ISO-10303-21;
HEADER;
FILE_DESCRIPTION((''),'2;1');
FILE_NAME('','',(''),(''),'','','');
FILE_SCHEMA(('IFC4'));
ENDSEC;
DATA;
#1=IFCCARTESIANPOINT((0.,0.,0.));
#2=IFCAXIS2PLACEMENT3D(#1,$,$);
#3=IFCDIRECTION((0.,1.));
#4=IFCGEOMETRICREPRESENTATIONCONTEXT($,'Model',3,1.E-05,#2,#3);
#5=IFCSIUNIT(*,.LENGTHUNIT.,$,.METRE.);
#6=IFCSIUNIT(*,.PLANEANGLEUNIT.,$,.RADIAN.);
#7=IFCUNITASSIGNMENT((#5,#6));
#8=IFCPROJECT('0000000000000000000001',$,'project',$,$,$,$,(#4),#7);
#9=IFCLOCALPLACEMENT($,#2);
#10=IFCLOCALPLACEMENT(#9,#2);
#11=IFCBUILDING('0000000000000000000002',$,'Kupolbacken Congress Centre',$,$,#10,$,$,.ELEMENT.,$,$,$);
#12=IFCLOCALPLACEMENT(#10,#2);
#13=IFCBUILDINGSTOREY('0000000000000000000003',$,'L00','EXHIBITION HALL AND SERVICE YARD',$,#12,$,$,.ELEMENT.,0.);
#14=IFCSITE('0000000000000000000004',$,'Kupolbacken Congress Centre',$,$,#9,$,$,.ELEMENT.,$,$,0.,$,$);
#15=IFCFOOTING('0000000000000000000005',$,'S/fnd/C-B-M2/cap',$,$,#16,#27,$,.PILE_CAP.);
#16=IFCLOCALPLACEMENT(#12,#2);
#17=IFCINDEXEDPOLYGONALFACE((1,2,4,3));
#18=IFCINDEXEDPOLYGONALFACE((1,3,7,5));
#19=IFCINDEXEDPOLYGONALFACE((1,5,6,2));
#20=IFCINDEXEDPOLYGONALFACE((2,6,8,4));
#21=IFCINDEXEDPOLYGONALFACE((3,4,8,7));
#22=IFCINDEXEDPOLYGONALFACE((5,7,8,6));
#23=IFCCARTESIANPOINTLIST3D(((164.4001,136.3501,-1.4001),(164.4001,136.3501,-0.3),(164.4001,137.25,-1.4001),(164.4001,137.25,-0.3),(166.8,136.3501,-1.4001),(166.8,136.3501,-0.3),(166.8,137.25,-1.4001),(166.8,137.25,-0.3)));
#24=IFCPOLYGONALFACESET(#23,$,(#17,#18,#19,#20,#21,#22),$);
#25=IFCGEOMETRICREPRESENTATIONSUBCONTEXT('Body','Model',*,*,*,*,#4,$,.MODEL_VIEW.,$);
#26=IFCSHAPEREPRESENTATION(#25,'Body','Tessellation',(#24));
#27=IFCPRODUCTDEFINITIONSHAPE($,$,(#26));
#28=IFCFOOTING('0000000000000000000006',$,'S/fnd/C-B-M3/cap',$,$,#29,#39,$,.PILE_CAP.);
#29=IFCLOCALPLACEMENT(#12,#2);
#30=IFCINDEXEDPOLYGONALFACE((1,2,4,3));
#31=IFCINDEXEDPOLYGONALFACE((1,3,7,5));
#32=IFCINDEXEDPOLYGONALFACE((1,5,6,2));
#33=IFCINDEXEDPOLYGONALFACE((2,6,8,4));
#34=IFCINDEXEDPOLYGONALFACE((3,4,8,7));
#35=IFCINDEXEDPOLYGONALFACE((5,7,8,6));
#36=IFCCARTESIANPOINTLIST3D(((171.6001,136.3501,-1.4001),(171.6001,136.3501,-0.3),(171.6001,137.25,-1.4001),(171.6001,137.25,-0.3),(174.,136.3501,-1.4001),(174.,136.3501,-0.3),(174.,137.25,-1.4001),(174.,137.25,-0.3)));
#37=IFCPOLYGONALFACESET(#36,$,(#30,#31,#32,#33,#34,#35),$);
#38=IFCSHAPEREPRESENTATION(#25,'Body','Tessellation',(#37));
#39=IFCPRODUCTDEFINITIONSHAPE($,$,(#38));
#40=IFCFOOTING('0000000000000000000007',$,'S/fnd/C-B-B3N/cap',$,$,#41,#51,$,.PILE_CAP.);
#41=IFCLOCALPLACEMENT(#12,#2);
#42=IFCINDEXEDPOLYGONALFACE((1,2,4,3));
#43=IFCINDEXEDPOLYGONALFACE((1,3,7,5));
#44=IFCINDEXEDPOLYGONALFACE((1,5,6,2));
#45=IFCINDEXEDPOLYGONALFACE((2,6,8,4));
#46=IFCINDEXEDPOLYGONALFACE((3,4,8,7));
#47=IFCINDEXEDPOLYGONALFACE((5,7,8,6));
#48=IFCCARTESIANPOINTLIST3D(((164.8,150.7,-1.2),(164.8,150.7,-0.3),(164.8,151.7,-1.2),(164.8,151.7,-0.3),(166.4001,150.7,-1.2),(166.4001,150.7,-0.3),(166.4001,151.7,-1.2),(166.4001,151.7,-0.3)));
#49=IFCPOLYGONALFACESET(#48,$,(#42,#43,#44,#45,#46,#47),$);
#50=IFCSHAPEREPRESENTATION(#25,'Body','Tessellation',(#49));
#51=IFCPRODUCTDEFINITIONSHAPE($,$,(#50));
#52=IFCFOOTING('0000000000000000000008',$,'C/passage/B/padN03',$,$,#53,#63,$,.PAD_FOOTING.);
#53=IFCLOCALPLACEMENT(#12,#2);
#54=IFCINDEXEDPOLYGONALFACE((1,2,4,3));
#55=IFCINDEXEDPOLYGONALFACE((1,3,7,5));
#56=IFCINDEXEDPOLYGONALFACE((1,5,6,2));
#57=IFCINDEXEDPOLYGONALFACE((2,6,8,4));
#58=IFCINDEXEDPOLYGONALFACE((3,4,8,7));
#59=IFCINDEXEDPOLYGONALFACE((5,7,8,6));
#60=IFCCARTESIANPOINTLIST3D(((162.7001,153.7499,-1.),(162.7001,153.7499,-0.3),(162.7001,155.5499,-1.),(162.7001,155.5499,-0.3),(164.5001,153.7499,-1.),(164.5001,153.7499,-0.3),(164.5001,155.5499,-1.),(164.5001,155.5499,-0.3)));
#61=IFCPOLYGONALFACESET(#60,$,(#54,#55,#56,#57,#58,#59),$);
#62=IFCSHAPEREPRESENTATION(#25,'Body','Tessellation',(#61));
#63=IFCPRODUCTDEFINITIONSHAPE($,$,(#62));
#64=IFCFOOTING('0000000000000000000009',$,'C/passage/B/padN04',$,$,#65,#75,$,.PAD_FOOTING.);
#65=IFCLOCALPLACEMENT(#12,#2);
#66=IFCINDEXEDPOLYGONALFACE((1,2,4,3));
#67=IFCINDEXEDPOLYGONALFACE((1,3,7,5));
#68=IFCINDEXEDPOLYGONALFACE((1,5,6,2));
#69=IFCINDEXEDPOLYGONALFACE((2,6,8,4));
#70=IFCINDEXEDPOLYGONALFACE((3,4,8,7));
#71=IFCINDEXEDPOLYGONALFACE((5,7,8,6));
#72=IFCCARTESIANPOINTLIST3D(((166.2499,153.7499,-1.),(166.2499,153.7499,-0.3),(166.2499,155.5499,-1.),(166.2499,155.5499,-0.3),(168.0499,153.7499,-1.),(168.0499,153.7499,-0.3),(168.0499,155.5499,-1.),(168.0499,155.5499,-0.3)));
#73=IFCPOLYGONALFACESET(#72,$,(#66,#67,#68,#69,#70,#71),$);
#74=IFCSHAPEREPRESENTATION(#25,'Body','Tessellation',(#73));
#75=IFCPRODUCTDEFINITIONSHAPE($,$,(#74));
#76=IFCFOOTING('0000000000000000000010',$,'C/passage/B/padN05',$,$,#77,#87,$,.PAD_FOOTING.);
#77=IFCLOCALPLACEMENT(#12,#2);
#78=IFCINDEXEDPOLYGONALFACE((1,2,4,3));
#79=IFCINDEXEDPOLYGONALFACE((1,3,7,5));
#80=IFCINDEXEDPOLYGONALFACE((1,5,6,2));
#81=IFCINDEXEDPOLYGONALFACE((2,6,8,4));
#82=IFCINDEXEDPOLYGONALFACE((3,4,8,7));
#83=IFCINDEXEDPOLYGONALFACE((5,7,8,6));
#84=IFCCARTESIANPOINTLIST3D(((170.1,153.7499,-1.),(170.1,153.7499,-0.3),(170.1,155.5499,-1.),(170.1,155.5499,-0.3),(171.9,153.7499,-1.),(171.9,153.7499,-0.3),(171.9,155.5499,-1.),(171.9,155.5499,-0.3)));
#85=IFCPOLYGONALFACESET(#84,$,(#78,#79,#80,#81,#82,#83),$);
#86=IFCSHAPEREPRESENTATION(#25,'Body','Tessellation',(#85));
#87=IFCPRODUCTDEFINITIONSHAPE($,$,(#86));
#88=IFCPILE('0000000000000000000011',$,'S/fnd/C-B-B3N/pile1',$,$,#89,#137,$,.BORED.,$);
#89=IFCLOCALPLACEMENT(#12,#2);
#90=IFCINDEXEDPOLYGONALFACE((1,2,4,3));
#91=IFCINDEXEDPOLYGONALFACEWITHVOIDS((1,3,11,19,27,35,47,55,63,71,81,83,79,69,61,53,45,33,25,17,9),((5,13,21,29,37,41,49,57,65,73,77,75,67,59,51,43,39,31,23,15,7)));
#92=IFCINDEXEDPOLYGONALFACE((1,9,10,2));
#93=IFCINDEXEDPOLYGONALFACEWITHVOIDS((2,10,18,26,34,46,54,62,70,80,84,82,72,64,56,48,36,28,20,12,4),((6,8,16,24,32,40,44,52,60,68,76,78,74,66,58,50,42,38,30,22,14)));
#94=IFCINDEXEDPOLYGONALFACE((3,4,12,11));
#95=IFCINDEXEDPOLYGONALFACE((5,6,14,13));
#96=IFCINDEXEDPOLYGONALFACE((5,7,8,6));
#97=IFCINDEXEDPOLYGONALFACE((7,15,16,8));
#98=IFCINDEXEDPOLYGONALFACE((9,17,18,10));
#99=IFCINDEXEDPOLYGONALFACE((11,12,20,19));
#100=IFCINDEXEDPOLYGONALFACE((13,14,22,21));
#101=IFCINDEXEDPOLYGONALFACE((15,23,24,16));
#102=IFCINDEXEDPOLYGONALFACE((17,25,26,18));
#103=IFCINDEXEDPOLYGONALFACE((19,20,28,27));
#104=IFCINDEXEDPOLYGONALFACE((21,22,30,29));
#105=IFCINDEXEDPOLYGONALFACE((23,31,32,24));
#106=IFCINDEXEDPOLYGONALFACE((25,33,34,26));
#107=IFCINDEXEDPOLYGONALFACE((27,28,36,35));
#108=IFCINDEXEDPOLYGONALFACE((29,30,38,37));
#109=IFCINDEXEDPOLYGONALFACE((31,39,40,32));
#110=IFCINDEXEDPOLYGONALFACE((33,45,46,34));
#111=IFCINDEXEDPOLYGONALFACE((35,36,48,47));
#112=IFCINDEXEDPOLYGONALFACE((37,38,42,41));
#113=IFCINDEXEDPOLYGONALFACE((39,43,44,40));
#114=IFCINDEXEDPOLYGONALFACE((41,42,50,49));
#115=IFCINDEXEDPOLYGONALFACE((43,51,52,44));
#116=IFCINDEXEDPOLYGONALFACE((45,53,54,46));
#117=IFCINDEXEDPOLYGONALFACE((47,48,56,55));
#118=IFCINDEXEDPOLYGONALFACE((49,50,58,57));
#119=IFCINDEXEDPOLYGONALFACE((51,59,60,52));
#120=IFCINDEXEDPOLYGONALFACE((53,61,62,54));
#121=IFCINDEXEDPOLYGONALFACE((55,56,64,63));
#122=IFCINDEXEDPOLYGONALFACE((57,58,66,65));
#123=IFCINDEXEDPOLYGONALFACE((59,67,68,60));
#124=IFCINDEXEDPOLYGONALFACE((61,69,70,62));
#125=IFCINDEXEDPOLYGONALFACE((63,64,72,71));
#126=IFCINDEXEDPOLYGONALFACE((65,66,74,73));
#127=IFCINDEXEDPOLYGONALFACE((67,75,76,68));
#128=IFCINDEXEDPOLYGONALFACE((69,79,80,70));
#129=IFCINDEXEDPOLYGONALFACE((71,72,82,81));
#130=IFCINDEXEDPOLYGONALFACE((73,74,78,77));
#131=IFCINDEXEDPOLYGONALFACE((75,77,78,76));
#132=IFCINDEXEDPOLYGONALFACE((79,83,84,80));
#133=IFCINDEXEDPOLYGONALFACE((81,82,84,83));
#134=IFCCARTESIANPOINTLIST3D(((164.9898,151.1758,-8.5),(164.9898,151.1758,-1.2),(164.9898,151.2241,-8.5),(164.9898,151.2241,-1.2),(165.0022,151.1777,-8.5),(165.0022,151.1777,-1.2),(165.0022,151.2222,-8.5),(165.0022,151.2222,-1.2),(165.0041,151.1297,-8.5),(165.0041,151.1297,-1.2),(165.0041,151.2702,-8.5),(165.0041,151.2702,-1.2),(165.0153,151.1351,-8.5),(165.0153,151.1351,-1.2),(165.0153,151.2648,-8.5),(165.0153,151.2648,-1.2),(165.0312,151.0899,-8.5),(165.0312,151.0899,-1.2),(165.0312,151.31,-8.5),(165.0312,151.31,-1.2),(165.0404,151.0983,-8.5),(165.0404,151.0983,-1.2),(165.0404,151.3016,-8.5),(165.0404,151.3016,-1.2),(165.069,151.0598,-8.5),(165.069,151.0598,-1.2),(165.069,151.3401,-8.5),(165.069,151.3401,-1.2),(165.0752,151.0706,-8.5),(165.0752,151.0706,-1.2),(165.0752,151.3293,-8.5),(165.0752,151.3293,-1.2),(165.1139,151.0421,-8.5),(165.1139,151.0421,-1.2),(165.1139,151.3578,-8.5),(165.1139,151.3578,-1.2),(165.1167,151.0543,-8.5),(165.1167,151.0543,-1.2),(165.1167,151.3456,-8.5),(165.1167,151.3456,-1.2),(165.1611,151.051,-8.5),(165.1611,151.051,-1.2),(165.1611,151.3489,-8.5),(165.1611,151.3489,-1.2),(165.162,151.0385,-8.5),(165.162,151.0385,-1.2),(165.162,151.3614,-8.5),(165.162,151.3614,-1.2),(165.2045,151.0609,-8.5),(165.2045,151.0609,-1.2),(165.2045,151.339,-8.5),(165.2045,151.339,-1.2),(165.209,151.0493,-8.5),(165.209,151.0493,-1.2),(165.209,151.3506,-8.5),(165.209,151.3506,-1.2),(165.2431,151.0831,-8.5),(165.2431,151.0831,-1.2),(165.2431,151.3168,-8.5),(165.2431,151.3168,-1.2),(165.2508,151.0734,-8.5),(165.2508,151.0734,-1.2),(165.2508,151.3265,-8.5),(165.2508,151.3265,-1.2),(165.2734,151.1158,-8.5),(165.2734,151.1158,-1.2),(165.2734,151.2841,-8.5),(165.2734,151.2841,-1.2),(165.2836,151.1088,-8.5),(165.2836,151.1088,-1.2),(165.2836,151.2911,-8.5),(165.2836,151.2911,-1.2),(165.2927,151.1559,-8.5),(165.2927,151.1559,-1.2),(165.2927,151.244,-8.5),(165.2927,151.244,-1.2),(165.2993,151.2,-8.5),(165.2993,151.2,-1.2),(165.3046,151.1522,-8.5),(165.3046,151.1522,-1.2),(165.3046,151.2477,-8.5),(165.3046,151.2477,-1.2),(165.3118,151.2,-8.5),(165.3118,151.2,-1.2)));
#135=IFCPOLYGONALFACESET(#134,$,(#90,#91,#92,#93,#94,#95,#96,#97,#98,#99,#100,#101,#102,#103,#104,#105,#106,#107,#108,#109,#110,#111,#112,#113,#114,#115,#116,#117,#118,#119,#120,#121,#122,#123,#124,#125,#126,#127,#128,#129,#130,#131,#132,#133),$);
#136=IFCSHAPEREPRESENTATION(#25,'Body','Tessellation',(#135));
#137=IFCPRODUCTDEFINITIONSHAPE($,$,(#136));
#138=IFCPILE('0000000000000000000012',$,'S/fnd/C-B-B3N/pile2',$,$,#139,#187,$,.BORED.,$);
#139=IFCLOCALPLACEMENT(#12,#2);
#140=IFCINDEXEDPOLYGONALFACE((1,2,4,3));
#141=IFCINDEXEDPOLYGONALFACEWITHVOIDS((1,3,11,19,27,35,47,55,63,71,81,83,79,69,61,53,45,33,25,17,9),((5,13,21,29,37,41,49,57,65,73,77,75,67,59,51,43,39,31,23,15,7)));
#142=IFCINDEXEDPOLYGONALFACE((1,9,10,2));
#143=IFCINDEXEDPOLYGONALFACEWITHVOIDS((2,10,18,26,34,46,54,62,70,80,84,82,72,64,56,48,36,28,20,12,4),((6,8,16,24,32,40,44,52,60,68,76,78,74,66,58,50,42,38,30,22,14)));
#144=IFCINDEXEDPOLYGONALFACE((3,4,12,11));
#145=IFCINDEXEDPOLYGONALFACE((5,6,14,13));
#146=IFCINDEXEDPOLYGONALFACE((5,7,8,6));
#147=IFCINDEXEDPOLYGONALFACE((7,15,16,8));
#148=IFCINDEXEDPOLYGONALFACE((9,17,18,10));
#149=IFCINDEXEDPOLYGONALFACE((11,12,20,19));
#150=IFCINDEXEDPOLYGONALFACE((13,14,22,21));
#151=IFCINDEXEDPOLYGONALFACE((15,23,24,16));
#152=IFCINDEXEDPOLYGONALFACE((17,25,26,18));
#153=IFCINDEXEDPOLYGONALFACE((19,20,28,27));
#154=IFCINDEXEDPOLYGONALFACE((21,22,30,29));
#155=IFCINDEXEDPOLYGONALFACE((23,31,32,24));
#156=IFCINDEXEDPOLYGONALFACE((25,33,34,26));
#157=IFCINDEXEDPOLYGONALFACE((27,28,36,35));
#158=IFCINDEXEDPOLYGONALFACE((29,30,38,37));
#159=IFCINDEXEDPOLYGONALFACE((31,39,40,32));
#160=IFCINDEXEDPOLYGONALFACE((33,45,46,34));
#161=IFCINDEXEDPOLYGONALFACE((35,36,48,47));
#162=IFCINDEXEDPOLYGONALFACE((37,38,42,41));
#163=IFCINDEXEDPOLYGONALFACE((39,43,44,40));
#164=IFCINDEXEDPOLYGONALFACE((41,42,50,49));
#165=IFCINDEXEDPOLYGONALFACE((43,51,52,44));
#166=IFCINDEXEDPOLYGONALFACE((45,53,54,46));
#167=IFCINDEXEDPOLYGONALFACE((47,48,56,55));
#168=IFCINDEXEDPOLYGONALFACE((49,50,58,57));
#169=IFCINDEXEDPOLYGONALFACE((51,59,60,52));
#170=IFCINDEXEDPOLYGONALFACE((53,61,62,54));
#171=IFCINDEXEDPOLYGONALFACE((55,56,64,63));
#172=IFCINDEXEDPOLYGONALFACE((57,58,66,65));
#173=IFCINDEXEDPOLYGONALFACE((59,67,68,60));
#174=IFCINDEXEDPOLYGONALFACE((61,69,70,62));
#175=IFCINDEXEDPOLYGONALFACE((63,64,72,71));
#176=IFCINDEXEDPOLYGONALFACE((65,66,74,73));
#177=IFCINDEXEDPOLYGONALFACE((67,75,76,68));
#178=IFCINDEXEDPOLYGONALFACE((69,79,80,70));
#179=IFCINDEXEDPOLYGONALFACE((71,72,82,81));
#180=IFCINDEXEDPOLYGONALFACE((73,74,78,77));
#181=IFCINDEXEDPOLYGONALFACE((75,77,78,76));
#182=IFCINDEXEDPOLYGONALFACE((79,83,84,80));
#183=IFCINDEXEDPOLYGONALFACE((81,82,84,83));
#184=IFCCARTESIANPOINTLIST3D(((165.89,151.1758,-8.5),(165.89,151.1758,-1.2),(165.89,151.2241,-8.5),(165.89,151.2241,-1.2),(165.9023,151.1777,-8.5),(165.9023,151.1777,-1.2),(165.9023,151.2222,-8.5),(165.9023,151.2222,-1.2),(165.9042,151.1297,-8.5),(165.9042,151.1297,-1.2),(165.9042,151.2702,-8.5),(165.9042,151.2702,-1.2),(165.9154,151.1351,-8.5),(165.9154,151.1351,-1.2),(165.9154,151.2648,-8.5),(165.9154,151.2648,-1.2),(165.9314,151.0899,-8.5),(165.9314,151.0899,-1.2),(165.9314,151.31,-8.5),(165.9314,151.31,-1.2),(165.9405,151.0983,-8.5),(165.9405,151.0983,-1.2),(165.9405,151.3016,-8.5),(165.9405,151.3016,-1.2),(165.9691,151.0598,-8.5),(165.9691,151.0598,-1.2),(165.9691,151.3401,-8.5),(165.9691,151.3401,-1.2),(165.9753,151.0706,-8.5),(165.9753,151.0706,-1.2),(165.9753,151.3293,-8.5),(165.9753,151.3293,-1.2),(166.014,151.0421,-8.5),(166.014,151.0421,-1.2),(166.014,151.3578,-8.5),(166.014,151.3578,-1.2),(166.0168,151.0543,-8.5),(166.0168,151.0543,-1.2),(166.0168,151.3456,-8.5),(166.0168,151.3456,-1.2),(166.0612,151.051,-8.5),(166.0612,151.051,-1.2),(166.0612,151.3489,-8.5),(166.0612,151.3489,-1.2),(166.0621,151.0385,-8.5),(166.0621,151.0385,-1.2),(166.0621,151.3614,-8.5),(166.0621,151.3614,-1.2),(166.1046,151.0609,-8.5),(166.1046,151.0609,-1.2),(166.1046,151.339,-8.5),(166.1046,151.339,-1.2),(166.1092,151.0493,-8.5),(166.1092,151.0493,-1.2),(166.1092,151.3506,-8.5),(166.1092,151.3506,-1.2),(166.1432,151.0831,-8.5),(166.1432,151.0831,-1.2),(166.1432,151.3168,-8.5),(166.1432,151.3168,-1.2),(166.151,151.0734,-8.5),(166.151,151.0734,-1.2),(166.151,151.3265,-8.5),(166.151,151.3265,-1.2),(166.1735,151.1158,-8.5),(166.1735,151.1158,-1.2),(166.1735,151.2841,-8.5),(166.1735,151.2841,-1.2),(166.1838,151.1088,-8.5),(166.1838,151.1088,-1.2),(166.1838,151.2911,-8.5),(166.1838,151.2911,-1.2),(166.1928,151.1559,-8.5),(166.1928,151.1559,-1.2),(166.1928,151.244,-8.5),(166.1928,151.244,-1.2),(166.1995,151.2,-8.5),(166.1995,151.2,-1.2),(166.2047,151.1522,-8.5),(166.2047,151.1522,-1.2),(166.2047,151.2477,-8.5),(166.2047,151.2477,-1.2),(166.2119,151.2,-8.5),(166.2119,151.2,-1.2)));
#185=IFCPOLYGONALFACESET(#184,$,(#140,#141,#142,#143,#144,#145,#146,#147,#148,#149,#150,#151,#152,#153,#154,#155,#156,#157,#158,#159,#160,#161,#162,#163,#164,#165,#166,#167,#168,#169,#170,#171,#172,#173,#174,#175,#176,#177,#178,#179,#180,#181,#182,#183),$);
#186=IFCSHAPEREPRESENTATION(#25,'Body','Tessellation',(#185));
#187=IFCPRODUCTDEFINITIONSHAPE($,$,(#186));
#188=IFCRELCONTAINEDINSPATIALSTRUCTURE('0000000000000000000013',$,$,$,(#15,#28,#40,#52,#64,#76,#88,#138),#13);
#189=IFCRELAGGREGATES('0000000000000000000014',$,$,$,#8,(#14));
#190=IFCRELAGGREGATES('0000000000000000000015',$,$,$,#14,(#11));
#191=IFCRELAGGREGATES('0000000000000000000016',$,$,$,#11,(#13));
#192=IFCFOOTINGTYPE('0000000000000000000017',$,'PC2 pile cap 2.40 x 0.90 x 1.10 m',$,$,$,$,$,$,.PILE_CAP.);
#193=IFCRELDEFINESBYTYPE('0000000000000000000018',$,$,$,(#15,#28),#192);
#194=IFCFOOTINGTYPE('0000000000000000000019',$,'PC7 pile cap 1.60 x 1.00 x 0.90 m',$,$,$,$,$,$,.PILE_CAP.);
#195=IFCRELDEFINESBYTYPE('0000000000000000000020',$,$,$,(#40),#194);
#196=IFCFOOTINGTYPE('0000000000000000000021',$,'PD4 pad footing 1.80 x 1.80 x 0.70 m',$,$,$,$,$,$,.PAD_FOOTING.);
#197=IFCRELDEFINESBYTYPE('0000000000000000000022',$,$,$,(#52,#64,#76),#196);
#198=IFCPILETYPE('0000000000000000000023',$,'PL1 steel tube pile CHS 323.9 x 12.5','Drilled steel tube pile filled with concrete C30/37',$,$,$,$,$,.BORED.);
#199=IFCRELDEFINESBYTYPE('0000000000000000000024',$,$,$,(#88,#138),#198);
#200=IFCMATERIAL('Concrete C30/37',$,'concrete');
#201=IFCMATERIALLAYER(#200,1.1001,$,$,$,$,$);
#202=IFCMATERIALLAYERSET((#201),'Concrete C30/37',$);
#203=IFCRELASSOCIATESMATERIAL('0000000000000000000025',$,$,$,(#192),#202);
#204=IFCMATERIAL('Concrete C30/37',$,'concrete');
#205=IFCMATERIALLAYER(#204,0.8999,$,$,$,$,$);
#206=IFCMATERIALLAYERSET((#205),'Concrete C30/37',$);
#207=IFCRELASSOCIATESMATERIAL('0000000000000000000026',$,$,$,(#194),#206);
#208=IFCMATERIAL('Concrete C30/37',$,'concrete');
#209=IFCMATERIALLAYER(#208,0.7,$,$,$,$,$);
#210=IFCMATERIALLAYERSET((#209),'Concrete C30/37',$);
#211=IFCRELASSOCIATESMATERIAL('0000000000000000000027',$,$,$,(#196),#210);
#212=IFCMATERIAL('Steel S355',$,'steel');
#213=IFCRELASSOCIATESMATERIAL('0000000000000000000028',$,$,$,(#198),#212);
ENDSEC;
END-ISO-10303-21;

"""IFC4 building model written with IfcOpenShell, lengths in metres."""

from ifc_helpers import new_model, si_unit, direction, frame, origin, origin_2d, place, context, subcontext, project, spatial, rectangle, hollow_circle, extrude, material, layer, layer_set, material_profile, profile_set, type_object, element, save


model = new_model("IFC4")

# Units and contexts
model_context = context("Model", 3, precision=1e-05, world=origin(), true_north=direction((0.0, 1.0)))
body_context = subcontext(model_context, "Body", "Model", "MODEL_VIEW")
ifc_project = project(units=[si_unit("LENGTHUNIT", "METRE"), si_unit("PLANEANGLEUNIT", "RADIAN")], contexts=[model_context])

# Site, building, storey
site_placement = place(None, origin())
site = spatial("IfcSite", under=ifc_project, at=site_placement, Name="Kupolbacken Congress Centre", CompositionType="ELEMENT", RefElevation=0.0)
building_placement = place(site_placement, origin())
building = spatial("IfcBuilding", under=site, at=building_placement, Name="Kupolbacken Congress Centre", CompositionType="ELEMENT")
storey_placement = place(building_placement, origin())
storey = spatial("IfcBuildingStorey", under=building, at=storey_placement, Name="L00", Description="EXHIBITION HALL AND SERVICE YARD", CompositionType="ELEMENT", Elevation=0.0)

# Footings
ifc_material_1 = material(Name="Concrete C30/37", Category="concrete")
ifc_layer_1 = layer(ifc_material_1, 1.1001)
ifc_layer_set_1 = layer_set([ifc_layer_1], Name="Concrete C30/37")
footing_type_1 = type_object("IfcFootingType", Name="PC2 pile cap 2.40 x 0.90 x 1.10 m", PredefinedType="PILE_CAP", material=ifc_layer_set_1)
for number, where, z_axis, x_axis, name in (
    (1, (165.6001, 136.8, -1.4001), (0.0, 0.0, 1.0), (1.0, 0.0, 0.0), "S/fnd/C-B-M2/cap"),
    (2, (172.8, 136.8, -1.4001), (0.0, 0.0, 1.0), (1.0, 0.0, 0.0), "S/fnd/C-B-M3/cap"),
):
    element("IfcFooting", number, at=place(storey_placement, frame(where, z_axis=z_axis, x_axis=x_axis)), inside=storey, type_object=footing_type_1, Name=name, PredefinedType="PILE_CAP", context=body_context, shape_type="SweptSolid", body=[
        extrude(rectangle(XDim=2.3999, YDim=0.8999, at=origin_2d()), origin(), (0.0, 0.0, 1.0), 1.1001),
    ])
ifc_material_2 = material(Name="Concrete C30/37", Category="concrete")
ifc_layer_2 = layer(ifc_material_2, 0.8999)
ifc_layer_set_2 = layer_set([ifc_layer_2], Name="Concrete C30/37")
footing_type_2 = type_object("IfcFootingType", Name="PC7 pile cap 1.60 x 1.00 x 0.90 m", PredefinedType="PILE_CAP", material=ifc_layer_set_2)
footing_1_placement = place(storey_placement, frame((165.6001, 151.2, -1.2), z_axis=(0.0, 0.0, 1.0), x_axis=(1.0, 0.0, 0.0)))
element("IfcFooting", 3, at=footing_1_placement, inside=storey, type_object=footing_type_2, Name="S/fnd/C-B-B3N/cap", PredefinedType="PILE_CAP", context=body_context, shape_type="SweptSolid", body=[
    extrude(rectangle(XDim=1.6001, YDim=1.0, at=origin_2d()), origin(), (0.0, 0.0, 1.0), 0.8999),
])
ifc_material_3 = material(Name="Concrete C30/37", Category="concrete")
ifc_layer_3 = layer(ifc_material_3, 0.7)
ifc_layer_set_3 = layer_set([ifc_layer_3], Name="Concrete C30/37")
footing_type_3 = type_object("IfcFootingType", Name="PD4 pad footing 1.80 x 1.80 x 0.70 m", PredefinedType="PAD_FOOTING", material=ifc_layer_set_3)
for number, where, z_axis, x_axis, name in (
    (4, (163.6001, 154.6499, -1.0), (0.0, 0.0, 1.0), (1.0, 0.0, 0.0), "C/passage/B/padN03"),
    (5, (167.1499, 154.6499, -1.0), (0.0, 0.0, 1.0), (1.0, 0.0, 0.0), "C/passage/B/padN04"),
    (6, (171.0, 154.6499, -1.0), (0.0, 0.0, 1.0), (1.0, 0.0, 0.0), "C/passage/B/padN05"),
):
    element("IfcFooting", number, at=place(storey_placement, frame(where, z_axis=z_axis, x_axis=x_axis)), inside=storey, type_object=footing_type_3, Name=name, PredefinedType="PAD_FOOTING", context=body_context, shape_type="SweptSolid", body=[
        extrude(rectangle(XDim=1.8, YDim=1.8, at=origin_2d()), origin(), (0.0, 0.0, 1.0), 0.7),
    ])

# Piles
ifc_material_4 = material(Name="Steel S355", Category="steel")
ifc_material_profile_1 = material_profile(ifc_material_4, hollow_circle(Radius=0.1619, WallThickness=0.0125, at=origin_2d()), Name="CHS 323.9 x 12.5")
ifc_profile_set_1 = profile_set([ifc_material_profile_1], Name="Steel S355")
pile_type_1 = type_object("IfcPileType", Name="PL1 steel tube pile CHS 323.9 x 12.5", Description="Drilled steel tube pile filled with concrete C30/37", PredefinedType="BORED", material=ifc_profile_set_1)
for number, where, z_axis, x_axis, name in (
    (7, (165.1499, 151.2, -1.2), (0.0, 0.0, -1.0), (1.0, 0.0, 0.0), "S/fnd/C-B-B3N/pile1"),
    (8, (166.05, 151.2, -1.2), (0.0, 0.0, -1.0), (1.0, 0.0, 0.0), "S/fnd/C-B-B3N/pile2"),
):
    element("IfcPile", number, at=place(storey_placement, frame(where, z_axis=z_axis, x_axis=x_axis)), inside=storey, type_object=pile_type_1, Name=name, PredefinedType="BORED", context=body_context, shape_type="SweptSolid", body=[
        extrude(hollow_circle(Radius=0.1619, WallThickness=0.0125, at=origin_2d()), origin(), (0.0, 0.0, 1.0), 7.3),
    ])

save(model, "model.ifc")
